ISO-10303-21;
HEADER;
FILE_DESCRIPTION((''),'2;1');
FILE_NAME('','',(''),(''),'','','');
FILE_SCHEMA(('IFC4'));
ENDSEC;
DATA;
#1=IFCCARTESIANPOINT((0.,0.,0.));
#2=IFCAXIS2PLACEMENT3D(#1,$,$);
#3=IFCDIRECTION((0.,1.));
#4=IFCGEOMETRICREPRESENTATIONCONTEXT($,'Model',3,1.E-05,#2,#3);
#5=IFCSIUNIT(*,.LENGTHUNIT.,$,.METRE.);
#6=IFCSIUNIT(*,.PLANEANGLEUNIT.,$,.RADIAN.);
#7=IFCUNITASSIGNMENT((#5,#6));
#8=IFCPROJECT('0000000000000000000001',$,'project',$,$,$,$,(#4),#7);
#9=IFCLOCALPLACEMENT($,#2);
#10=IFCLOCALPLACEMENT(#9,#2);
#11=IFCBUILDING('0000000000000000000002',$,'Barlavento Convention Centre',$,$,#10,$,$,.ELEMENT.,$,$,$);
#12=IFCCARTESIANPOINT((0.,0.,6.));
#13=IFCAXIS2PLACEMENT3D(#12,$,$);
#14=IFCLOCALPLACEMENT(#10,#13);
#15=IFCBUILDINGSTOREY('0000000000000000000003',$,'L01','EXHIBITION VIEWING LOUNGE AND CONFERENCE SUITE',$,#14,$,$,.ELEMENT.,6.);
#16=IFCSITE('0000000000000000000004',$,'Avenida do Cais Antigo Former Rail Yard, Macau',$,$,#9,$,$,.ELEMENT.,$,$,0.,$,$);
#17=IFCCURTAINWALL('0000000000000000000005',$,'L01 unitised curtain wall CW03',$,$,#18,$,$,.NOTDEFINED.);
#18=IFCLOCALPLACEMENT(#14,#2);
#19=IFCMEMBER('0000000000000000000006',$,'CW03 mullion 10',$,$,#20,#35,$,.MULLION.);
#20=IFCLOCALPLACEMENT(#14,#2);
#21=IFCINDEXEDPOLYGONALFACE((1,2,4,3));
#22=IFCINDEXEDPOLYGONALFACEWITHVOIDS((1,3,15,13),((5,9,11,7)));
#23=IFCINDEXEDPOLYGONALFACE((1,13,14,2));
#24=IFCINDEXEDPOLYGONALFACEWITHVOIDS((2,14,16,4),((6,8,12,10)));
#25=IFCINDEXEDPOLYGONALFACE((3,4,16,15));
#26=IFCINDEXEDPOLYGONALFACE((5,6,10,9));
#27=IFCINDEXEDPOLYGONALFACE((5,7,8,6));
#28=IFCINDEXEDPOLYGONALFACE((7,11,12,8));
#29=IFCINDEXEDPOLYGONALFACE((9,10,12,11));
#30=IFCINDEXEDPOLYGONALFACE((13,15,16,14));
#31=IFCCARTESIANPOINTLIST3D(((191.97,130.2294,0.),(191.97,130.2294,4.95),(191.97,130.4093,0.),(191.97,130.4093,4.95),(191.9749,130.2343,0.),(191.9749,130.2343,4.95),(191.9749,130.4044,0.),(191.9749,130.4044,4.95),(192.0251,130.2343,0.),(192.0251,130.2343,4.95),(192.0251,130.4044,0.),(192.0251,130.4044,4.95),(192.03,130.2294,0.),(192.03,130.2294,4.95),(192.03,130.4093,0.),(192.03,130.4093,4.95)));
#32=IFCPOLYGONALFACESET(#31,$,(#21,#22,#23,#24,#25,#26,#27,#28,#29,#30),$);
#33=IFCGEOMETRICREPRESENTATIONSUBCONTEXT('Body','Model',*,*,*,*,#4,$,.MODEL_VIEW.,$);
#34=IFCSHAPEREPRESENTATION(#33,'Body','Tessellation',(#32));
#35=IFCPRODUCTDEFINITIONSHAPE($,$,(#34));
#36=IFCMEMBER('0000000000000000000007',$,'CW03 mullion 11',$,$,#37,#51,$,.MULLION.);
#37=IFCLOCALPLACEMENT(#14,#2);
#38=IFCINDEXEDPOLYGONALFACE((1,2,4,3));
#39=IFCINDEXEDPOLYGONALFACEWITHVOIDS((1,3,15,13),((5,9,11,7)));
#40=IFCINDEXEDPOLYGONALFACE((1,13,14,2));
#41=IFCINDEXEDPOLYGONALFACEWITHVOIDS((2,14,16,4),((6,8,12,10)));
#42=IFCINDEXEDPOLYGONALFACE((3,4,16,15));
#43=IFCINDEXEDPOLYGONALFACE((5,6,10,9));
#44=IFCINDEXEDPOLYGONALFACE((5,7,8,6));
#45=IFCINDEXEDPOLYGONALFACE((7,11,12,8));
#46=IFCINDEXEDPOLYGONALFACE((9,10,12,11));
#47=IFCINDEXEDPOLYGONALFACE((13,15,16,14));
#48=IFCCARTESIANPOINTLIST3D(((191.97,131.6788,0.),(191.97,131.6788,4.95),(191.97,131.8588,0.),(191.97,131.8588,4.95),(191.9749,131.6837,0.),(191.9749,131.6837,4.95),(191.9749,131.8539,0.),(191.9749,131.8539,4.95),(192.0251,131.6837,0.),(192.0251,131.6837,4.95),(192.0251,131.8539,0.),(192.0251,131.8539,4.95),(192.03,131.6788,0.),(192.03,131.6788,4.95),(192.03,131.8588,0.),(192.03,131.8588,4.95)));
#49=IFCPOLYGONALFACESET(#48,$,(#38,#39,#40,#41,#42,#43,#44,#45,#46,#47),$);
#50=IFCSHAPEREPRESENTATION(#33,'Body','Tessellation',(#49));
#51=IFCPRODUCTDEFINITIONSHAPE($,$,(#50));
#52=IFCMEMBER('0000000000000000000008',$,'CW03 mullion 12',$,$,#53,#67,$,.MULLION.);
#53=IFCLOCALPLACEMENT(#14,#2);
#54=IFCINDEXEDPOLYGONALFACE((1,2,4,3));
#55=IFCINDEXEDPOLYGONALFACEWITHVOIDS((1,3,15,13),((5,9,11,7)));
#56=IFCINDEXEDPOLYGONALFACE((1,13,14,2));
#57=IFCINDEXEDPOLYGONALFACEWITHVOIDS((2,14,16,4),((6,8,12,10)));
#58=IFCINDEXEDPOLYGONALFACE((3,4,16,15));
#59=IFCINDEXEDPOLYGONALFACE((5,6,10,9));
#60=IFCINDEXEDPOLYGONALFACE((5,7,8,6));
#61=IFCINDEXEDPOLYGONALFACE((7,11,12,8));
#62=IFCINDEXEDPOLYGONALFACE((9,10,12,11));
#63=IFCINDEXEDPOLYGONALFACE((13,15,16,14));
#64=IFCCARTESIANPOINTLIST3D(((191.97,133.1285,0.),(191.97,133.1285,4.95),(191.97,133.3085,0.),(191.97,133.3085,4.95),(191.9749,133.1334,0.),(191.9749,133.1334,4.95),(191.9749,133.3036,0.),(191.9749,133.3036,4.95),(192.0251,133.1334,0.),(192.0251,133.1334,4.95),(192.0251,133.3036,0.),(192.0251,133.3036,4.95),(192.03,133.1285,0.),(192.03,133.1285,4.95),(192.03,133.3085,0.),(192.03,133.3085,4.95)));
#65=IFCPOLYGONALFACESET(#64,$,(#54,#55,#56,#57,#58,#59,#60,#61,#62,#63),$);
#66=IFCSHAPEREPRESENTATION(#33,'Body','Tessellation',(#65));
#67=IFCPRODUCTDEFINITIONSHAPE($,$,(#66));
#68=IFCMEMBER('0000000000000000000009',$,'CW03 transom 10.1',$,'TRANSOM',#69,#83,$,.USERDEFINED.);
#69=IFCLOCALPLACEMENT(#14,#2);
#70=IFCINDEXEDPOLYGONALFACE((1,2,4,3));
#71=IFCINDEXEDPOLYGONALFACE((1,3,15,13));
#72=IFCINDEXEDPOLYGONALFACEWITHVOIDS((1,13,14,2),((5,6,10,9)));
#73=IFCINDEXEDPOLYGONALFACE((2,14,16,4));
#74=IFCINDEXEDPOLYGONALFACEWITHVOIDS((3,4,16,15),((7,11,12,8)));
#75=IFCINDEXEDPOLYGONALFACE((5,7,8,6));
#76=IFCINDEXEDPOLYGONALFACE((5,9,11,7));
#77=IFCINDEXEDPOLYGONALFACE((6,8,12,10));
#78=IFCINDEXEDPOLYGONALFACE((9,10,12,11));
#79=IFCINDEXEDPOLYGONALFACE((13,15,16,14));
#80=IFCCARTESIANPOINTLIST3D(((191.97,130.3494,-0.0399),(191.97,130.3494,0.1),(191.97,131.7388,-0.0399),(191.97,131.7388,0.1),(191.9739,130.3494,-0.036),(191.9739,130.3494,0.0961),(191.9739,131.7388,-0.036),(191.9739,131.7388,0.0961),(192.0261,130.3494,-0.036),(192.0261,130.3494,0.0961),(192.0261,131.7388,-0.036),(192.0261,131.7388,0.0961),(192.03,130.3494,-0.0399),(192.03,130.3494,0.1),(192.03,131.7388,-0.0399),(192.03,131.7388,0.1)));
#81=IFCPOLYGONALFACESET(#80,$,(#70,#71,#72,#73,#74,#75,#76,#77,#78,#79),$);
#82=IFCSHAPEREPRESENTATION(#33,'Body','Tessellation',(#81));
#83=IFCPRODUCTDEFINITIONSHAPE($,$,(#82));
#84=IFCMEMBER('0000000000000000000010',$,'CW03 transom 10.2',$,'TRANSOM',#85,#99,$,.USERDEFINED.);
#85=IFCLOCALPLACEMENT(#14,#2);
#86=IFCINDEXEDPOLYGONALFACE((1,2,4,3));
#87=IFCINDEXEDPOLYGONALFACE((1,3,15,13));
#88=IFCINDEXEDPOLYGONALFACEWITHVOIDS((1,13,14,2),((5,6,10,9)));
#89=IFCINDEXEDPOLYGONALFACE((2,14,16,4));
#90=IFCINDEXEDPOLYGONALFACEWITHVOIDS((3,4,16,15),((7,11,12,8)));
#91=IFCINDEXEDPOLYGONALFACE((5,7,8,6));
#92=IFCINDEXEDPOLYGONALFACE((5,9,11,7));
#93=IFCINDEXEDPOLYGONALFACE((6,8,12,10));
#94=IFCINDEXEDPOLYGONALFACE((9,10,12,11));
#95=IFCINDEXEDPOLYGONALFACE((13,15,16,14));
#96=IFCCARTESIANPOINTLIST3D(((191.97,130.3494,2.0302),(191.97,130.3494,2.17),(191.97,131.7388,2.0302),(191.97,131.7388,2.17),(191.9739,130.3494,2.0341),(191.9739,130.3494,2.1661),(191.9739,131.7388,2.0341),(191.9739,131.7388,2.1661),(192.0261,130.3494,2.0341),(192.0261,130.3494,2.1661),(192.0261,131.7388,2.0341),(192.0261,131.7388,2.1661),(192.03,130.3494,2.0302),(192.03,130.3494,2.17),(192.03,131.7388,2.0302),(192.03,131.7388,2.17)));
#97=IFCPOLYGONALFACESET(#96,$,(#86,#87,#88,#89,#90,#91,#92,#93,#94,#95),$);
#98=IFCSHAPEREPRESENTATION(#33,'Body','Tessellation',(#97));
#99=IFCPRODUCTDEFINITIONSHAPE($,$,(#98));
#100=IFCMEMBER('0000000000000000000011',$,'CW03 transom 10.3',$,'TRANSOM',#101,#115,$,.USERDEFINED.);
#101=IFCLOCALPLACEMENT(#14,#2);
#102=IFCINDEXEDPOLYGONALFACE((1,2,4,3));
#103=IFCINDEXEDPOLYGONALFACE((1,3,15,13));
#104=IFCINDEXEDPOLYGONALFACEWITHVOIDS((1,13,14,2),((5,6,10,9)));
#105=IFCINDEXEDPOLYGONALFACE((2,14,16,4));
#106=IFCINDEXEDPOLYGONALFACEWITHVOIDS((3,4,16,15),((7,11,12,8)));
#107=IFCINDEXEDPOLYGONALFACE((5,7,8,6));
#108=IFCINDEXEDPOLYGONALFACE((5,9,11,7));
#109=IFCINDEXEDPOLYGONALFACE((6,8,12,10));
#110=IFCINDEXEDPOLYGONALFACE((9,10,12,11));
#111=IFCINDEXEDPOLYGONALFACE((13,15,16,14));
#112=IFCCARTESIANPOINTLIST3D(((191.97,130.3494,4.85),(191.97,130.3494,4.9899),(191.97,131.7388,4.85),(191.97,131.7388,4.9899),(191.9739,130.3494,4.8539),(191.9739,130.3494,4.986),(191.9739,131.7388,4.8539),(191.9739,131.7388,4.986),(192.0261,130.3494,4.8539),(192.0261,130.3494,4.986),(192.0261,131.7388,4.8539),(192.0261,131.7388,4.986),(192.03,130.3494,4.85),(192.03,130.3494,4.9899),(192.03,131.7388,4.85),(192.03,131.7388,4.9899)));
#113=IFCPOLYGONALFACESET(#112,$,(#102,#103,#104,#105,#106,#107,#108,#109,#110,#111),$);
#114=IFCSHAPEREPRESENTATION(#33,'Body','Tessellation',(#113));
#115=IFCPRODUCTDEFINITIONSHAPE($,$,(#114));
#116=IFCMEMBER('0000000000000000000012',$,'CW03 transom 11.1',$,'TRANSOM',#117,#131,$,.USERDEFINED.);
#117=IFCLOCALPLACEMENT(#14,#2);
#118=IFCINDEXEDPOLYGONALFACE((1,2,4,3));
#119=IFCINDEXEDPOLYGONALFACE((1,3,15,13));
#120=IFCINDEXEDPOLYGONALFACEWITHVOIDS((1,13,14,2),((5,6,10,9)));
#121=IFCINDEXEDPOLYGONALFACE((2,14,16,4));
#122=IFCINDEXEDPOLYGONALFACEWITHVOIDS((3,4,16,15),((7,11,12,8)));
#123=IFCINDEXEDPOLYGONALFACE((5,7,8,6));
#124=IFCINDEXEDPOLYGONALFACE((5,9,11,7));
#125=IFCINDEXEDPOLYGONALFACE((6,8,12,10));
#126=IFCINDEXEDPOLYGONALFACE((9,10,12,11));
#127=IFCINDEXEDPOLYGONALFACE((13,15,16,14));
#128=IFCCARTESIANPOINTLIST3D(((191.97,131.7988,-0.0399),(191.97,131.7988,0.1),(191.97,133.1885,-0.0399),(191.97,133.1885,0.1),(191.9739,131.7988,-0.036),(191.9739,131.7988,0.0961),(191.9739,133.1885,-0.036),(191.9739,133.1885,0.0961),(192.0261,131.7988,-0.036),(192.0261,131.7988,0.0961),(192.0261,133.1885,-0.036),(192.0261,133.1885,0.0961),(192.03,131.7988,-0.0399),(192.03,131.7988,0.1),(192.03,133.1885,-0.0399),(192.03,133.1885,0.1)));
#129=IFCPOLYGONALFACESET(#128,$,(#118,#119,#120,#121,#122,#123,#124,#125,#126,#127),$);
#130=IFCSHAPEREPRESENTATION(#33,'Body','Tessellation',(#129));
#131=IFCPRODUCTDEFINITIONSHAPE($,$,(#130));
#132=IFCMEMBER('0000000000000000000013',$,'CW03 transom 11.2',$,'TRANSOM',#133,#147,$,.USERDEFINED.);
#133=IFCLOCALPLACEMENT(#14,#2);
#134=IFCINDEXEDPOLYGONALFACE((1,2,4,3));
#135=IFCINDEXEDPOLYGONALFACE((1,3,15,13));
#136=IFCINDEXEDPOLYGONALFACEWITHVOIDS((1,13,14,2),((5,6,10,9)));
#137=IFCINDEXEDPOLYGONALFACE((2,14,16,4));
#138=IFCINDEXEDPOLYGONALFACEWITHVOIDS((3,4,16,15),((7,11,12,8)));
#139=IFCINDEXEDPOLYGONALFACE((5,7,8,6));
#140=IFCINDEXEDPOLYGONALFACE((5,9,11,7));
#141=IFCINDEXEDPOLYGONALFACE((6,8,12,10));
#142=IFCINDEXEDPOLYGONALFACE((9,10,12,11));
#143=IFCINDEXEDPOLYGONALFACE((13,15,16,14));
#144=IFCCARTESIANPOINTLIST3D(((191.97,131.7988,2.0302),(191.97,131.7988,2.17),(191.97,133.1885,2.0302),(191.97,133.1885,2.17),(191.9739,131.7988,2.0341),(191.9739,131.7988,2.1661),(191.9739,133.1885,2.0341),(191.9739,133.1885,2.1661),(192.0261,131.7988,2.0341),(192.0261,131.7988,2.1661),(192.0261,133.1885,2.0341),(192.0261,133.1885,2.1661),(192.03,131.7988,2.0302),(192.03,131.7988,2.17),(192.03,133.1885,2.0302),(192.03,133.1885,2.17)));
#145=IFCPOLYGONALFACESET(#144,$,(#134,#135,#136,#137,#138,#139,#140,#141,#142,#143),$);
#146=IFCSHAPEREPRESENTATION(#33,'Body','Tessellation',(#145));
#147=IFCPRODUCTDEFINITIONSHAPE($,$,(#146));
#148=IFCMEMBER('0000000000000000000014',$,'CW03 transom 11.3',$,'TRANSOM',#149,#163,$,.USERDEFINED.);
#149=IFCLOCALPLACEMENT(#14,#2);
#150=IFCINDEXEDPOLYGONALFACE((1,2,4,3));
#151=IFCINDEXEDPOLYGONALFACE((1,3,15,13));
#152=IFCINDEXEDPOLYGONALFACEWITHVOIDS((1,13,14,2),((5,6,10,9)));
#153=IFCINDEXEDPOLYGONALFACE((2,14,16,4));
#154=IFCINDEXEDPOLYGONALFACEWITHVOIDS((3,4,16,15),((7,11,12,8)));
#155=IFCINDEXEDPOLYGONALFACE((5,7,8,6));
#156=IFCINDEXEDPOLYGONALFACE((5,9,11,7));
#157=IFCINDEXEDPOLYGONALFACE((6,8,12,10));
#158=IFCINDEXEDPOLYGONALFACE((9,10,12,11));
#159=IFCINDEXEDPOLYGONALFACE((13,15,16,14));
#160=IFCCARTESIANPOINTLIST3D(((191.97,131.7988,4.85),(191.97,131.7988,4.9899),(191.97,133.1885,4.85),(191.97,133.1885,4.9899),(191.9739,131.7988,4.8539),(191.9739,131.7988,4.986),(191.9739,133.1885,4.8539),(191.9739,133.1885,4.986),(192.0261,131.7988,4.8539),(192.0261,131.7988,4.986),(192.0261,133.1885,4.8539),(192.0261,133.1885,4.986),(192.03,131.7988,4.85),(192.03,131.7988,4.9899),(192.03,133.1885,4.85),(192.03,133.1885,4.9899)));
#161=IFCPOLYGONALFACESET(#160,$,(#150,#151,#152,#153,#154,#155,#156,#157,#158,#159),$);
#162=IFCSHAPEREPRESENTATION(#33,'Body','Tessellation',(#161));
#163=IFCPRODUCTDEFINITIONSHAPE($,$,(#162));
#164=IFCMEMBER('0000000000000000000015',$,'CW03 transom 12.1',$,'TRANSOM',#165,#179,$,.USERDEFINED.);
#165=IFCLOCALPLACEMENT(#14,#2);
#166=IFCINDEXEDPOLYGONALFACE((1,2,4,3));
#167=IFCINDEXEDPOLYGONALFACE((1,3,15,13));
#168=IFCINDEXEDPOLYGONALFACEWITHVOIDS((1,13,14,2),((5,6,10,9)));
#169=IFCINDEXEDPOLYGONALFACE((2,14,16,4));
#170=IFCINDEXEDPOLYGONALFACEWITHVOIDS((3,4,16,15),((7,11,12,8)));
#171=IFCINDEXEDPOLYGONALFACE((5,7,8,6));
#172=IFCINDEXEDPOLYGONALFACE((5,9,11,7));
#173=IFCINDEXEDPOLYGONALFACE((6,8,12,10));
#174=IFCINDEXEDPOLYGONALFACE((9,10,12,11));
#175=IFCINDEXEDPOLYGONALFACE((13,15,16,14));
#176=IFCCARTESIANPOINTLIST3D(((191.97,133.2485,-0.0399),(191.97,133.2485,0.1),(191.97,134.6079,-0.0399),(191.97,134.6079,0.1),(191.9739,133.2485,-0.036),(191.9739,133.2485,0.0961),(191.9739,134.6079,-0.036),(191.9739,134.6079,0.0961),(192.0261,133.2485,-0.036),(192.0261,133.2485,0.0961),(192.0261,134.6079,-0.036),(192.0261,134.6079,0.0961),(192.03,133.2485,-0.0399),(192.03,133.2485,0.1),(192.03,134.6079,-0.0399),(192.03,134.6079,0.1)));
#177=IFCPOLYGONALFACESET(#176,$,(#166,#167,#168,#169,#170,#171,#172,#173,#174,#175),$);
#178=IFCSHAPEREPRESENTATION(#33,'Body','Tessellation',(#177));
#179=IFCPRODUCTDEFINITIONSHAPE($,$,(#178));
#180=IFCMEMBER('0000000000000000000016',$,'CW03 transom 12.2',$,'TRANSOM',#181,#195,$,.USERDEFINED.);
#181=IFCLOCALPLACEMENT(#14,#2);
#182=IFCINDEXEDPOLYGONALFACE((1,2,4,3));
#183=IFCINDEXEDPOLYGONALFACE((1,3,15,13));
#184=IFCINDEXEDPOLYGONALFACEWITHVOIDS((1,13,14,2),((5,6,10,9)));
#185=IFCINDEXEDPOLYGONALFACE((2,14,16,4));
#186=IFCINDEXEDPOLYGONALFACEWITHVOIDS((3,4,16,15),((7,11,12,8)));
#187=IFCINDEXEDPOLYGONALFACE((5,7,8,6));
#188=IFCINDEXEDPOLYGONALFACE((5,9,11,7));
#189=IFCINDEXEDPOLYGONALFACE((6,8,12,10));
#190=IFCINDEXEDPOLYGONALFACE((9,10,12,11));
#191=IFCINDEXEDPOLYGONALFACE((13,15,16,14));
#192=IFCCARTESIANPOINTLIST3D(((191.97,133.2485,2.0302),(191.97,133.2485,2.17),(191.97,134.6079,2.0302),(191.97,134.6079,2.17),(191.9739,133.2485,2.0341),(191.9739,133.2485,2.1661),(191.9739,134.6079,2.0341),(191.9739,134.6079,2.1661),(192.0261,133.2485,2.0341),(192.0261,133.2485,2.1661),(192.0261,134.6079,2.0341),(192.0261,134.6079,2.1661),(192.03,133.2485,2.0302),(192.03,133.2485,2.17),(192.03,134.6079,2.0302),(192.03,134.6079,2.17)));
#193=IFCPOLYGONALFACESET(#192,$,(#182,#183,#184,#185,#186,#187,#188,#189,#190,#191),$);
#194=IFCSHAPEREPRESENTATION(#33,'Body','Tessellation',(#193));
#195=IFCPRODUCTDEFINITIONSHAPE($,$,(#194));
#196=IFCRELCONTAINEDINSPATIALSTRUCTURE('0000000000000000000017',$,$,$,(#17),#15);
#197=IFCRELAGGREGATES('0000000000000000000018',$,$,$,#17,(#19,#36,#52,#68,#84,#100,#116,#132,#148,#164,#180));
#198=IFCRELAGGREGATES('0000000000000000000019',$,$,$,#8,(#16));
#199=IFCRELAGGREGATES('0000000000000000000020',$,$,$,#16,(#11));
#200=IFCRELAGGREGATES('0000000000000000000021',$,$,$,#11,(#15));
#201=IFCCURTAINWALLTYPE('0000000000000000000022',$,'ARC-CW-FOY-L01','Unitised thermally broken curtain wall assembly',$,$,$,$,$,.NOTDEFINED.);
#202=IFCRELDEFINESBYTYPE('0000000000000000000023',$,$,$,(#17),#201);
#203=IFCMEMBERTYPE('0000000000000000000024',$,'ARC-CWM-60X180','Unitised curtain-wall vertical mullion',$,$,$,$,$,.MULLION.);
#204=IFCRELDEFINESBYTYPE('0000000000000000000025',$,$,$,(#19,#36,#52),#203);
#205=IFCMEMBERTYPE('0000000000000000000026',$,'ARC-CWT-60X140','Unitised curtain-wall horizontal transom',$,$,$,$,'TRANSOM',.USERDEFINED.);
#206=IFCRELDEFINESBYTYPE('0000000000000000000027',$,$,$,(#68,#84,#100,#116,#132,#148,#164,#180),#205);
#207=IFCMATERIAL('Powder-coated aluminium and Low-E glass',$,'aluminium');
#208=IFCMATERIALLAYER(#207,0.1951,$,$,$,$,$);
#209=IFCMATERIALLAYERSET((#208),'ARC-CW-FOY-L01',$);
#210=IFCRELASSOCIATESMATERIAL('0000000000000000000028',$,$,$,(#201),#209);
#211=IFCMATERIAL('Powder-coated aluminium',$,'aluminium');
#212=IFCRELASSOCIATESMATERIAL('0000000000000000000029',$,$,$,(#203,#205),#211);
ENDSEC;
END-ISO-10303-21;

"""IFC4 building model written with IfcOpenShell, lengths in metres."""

from ifc_helpers import new_model, si_unit, direction, frame, origin, origin_2d, place, context, subcontext, project, spatial, hollow_rectangle, extrude, material, layer, layer_set, material_profile, profile_set, type_object, element, aggregate, save


model = new_model("IFC4")

# Units and contexts
model_context = context("Model", 3, precision=1e-05, world=origin(), true_north=direction((0.0, 1.0)))
body_context = subcontext(model_context, "Body", "Model", "MODEL_VIEW")
ifc_project = project(units=[si_unit("LENGTHUNIT", "METRE"), si_unit("PLANEANGLEUNIT", "RADIAN")], contexts=[model_context])

# Site, building, storey
site_placement = place(None, origin())
site = spatial("IfcSite", under=ifc_project, at=site_placement, Name="Avenida do Cais Antigo Former Rail Yard, Macau", CompositionType="ELEMENT", RefElevation=0.0)
building_placement = place(site_placement, origin())
building = spatial("IfcBuilding", under=site, at=building_placement, Name="Barlavento Convention Centre", CompositionType="ELEMENT")
storey_placement = place(building_placement, frame((0.0, 0.0, 6.0)))
storey = spatial("IfcBuildingStorey", under=building, at=storey_placement, Name="L01", Description="EXHIBITION VIEWING LOUNGE AND CONFERENCE SUITE", CompositionType="ELEMENT", Elevation=6.0)

# Curtain wall, members
ifc_material_1 = material(Name="Powder-coated aluminium and Low-E glass", Category="aluminium")
ifc_layer_1 = layer(ifc_material_1, 0.1951)
ifc_layer_set_1 = layer_set([ifc_layer_1], Name="ARC-CW-FOY-L01")
curtain_wall_type = type_object("IfcCurtainWallType", Name="ARC-CW-FOY-L01", Description="Unitised thermally broken curtain wall assembly", PredefinedType="NOTDEFINED", material=ifc_layer_set_1)
curtain_wall_placement = place(storey_placement, origin())
curtain_wall = element("IfcCurtainWall", 1, at=curtain_wall_placement, inside=storey, type_object=curtain_wall_type, Name="L01 unitised curtain wall CW03", PredefinedType="NOTDEFINED")
ifc_material_2 = material(Name="Powder-coated aluminium", Category="aluminium")
ifc_material_profile_1 = material_profile(ifc_material_2, hollow_rectangle(XDim=0.0601, YDim=0.1799, WallThickness=0.0049, at=origin_2d()), Name="AL-MULL 60x180x5")
ifc_profile_set_1 = profile_set([ifc_material_profile_1], Name="Powder-coated aluminium")
member_type_1 = type_object("IfcMemberType", Name="ARC-CWM-60X180", Description="Unitised curtain-wall vertical mullion", PredefinedType="MULLION", material=ifc_profile_set_1)
member_1_placement = place(storey_placement, frame((192.0, 130.3193, 0.0), z_axis=(0.0, 0.0, 1.0), x_axis=(-1.0, 0.0, 0.0)))
member_1 = element("IfcMember", 2, at=member_1_placement, type_object=member_type_1, Name="CW03 mullion 10", PredefinedType="MULLION", context=body_context, shape_type="SweptSolid", body=[
    extrude(hollow_rectangle(XDim=0.0601, YDim=0.1799, WallThickness=0.0049, at=origin_2d()), origin(), (0.0, 0.0, 1.0), 4.95),
])
member_2_placement = place(storey_placement, frame((192.0, 131.7688, 0.0), z_axis=(0.0, 0.0, 1.0), x_axis=(-1.0, 0.0, 0.0)))
member_2 = element("IfcMember", 3, at=member_2_placement, type_object=member_type_1, Name="CW03 mullion 11", PredefinedType="MULLION", context=body_context, shape_type="SweptSolid", body=[
    extrude(hollow_rectangle(XDim=0.0601, YDim=0.1799, WallThickness=0.0049, at=origin_2d()), origin(), (0.0, 0.0, 1.0), 4.95),
])
member_3_placement = place(storey_placement, frame((192.0, 133.2185, 0.0), z_axis=(0.0, 0.0, 1.0), x_axis=(-1.0, 0.0, 0.0)))
member_3 = element("IfcMember", 4, at=member_3_placement, type_object=member_type_1, Name="CW03 mullion 12", PredefinedType="MULLION", context=body_context, shape_type="SweptSolid", body=[
    extrude(hollow_rectangle(XDim=0.0601, YDim=0.1799, WallThickness=0.0049, at=origin_2d()), origin(), (0.0, 0.0, 1.0), 4.95),
])
ifc_material_profile_2 = material_profile(ifc_material_2, hollow_rectangle(XDim=0.0601, YDim=0.1399, WallThickness=0.0039, at=origin_2d()), Name="AL-TRAN 60x140x4")
ifc_profile_set_2 = profile_set([ifc_material_profile_2], Name="Powder-coated aluminium")
member_type_2 = type_object("IfcMemberType", Name="ARC-CWT-60X140", Description="Unitised curtain-wall horizontal transom", ElementType="TRANSOM", PredefinedType="USERDEFINED", material=ifc_profile_set_2)
member_4_placement = place(storey_placement, frame((192.0, 130.3494, 0.03), z_axis=(0.0, 1.0, 0.0), x_axis=(-1.0, 0.0, 0.0)))
member_4 = element("IfcMember", 5, at=member_4_placement, type_object=member_type_2, Name="CW03 transom 10.1", ObjectType="TRANSOM", PredefinedType="USERDEFINED", context=body_context, shape_type="SweptSolid", body=[
    extrude(hollow_rectangle(XDim=0.0601, YDim=0.1399, WallThickness=0.0039, at=origin_2d()), origin(), (0.0, 0.0, 1.0), 1.3894),
])
member_5_placement = place(storey_placement, frame((192.0, 130.3494, 2.1001), z_axis=(0.0, 1.0, 0.0), x_axis=(-1.0, 0.0, 0.0)))
member_5 = element("IfcMember", 6, at=member_5_placement, type_object=member_type_2, Name="CW03 transom 10.2", ObjectType="TRANSOM", PredefinedType="USERDEFINED", context=body_context, shape_type="SweptSolid", body=[
    extrude(hollow_rectangle(XDim=0.0601, YDim=0.1399, WallThickness=0.0039, at=origin_2d()), origin(), (0.0, 0.0, 1.0), 1.3894),
])
member_6_placement = place(storey_placement, frame((192.0, 130.3494, 4.9199), z_axis=(0.0, 1.0, 0.0), x_axis=(-1.0, 0.0, 0.0)))
member_6 = element("IfcMember", 7, at=member_6_placement, type_object=member_type_2, Name="CW03 transom 10.3", ObjectType="TRANSOM", PredefinedType="USERDEFINED", context=body_context, shape_type="SweptSolid", body=[
    extrude(hollow_rectangle(XDim=0.0601, YDim=0.1399, WallThickness=0.0039, at=origin_2d()), origin(), (0.0, 0.0, 1.0), 1.3894),
])
member_7_placement = place(storey_placement, frame((192.0, 131.7988, 0.03), z_axis=(0.0, 1.0, 0.0), x_axis=(-1.0, 0.0, 0.0)))
member_7 = element("IfcMember", 8, at=member_7_placement, type_object=member_type_2, Name="CW03 transom 11.1", ObjectType="TRANSOM", PredefinedType="USERDEFINED", context=body_context, shape_type="SweptSolid", body=[
    extrude(hollow_rectangle(XDim=0.0601, YDim=0.1399, WallThickness=0.0039, at=origin_2d()), origin(), (0.0, 0.0, 1.0), 1.3896),
])
member_8_placement = place(storey_placement, frame((192.0, 131.7988, 2.1001), z_axis=(0.0, 1.0, 0.0), x_axis=(-1.0, 0.0, 0.0)))
member_8 = element("IfcMember", 9, at=member_8_placement, type_object=member_type_2, Name="CW03 transom 11.2", ObjectType="TRANSOM", PredefinedType="USERDEFINED", context=body_context, shape_type="SweptSolid", body=[
    extrude(hollow_rectangle(XDim=0.0601, YDim=0.1399, WallThickness=0.0039, at=origin_2d()), origin(), (0.0, 0.0, 1.0), 1.3896),
])
member_9_placement = place(storey_placement, frame((192.0, 131.7988, 4.9199), z_axis=(0.0, 1.0, 0.0), x_axis=(-1.0, 0.0, 0.0)))
member_9 = element("IfcMember", 10, at=member_9_placement, type_object=member_type_2, Name="CW03 transom 11.3", ObjectType="TRANSOM", PredefinedType="USERDEFINED", context=body_context, shape_type="SweptSolid", body=[
    extrude(hollow_rectangle(XDim=0.0601, YDim=0.1399, WallThickness=0.0039, at=origin_2d()), origin(), (0.0, 0.0, 1.0), 1.3896),
])
member_10_placement = place(storey_placement, frame((192.0, 133.2485, 0.03), z_axis=(0.0, 1.0, 0.0), x_axis=(-1.0, 0.0, 0.0)))
member_10 = element("IfcMember", 11, at=member_10_placement, type_object=member_type_2, Name="CW03 transom 12.1", ObjectType="TRANSOM", PredefinedType="USERDEFINED", context=body_context, shape_type="SweptSolid", body=[
    extrude(hollow_rectangle(XDim=0.0601, YDim=0.1399, WallThickness=0.0039, at=origin_2d()), origin(), (0.0, 0.0, 1.0), 1.3594),
])
member_11_placement = place(storey_placement, frame((192.0, 133.2485, 2.1001), z_axis=(0.0, 1.0, 0.0), x_axis=(-1.0, 0.0, 0.0)))
member_11 = element("IfcMember", 12, at=member_11_placement, type_object=member_type_2, Name="CW03 transom 12.2", ObjectType="TRANSOM", PredefinedType="USERDEFINED", context=body_context, shape_type="SweptSolid", body=[
    extrude(hollow_rectangle(XDim=0.0601, YDim=0.1399, WallThickness=0.0039, at=origin_2d()), origin(), (0.0, 0.0, 1.0), 1.3594),
])
aggregate(curtain_wall, [member_1, member_2, member_3, member_4, member_5, member_6, member_7, member_8, member_9, member_10, member_11])

save(model, "model.ifc")
